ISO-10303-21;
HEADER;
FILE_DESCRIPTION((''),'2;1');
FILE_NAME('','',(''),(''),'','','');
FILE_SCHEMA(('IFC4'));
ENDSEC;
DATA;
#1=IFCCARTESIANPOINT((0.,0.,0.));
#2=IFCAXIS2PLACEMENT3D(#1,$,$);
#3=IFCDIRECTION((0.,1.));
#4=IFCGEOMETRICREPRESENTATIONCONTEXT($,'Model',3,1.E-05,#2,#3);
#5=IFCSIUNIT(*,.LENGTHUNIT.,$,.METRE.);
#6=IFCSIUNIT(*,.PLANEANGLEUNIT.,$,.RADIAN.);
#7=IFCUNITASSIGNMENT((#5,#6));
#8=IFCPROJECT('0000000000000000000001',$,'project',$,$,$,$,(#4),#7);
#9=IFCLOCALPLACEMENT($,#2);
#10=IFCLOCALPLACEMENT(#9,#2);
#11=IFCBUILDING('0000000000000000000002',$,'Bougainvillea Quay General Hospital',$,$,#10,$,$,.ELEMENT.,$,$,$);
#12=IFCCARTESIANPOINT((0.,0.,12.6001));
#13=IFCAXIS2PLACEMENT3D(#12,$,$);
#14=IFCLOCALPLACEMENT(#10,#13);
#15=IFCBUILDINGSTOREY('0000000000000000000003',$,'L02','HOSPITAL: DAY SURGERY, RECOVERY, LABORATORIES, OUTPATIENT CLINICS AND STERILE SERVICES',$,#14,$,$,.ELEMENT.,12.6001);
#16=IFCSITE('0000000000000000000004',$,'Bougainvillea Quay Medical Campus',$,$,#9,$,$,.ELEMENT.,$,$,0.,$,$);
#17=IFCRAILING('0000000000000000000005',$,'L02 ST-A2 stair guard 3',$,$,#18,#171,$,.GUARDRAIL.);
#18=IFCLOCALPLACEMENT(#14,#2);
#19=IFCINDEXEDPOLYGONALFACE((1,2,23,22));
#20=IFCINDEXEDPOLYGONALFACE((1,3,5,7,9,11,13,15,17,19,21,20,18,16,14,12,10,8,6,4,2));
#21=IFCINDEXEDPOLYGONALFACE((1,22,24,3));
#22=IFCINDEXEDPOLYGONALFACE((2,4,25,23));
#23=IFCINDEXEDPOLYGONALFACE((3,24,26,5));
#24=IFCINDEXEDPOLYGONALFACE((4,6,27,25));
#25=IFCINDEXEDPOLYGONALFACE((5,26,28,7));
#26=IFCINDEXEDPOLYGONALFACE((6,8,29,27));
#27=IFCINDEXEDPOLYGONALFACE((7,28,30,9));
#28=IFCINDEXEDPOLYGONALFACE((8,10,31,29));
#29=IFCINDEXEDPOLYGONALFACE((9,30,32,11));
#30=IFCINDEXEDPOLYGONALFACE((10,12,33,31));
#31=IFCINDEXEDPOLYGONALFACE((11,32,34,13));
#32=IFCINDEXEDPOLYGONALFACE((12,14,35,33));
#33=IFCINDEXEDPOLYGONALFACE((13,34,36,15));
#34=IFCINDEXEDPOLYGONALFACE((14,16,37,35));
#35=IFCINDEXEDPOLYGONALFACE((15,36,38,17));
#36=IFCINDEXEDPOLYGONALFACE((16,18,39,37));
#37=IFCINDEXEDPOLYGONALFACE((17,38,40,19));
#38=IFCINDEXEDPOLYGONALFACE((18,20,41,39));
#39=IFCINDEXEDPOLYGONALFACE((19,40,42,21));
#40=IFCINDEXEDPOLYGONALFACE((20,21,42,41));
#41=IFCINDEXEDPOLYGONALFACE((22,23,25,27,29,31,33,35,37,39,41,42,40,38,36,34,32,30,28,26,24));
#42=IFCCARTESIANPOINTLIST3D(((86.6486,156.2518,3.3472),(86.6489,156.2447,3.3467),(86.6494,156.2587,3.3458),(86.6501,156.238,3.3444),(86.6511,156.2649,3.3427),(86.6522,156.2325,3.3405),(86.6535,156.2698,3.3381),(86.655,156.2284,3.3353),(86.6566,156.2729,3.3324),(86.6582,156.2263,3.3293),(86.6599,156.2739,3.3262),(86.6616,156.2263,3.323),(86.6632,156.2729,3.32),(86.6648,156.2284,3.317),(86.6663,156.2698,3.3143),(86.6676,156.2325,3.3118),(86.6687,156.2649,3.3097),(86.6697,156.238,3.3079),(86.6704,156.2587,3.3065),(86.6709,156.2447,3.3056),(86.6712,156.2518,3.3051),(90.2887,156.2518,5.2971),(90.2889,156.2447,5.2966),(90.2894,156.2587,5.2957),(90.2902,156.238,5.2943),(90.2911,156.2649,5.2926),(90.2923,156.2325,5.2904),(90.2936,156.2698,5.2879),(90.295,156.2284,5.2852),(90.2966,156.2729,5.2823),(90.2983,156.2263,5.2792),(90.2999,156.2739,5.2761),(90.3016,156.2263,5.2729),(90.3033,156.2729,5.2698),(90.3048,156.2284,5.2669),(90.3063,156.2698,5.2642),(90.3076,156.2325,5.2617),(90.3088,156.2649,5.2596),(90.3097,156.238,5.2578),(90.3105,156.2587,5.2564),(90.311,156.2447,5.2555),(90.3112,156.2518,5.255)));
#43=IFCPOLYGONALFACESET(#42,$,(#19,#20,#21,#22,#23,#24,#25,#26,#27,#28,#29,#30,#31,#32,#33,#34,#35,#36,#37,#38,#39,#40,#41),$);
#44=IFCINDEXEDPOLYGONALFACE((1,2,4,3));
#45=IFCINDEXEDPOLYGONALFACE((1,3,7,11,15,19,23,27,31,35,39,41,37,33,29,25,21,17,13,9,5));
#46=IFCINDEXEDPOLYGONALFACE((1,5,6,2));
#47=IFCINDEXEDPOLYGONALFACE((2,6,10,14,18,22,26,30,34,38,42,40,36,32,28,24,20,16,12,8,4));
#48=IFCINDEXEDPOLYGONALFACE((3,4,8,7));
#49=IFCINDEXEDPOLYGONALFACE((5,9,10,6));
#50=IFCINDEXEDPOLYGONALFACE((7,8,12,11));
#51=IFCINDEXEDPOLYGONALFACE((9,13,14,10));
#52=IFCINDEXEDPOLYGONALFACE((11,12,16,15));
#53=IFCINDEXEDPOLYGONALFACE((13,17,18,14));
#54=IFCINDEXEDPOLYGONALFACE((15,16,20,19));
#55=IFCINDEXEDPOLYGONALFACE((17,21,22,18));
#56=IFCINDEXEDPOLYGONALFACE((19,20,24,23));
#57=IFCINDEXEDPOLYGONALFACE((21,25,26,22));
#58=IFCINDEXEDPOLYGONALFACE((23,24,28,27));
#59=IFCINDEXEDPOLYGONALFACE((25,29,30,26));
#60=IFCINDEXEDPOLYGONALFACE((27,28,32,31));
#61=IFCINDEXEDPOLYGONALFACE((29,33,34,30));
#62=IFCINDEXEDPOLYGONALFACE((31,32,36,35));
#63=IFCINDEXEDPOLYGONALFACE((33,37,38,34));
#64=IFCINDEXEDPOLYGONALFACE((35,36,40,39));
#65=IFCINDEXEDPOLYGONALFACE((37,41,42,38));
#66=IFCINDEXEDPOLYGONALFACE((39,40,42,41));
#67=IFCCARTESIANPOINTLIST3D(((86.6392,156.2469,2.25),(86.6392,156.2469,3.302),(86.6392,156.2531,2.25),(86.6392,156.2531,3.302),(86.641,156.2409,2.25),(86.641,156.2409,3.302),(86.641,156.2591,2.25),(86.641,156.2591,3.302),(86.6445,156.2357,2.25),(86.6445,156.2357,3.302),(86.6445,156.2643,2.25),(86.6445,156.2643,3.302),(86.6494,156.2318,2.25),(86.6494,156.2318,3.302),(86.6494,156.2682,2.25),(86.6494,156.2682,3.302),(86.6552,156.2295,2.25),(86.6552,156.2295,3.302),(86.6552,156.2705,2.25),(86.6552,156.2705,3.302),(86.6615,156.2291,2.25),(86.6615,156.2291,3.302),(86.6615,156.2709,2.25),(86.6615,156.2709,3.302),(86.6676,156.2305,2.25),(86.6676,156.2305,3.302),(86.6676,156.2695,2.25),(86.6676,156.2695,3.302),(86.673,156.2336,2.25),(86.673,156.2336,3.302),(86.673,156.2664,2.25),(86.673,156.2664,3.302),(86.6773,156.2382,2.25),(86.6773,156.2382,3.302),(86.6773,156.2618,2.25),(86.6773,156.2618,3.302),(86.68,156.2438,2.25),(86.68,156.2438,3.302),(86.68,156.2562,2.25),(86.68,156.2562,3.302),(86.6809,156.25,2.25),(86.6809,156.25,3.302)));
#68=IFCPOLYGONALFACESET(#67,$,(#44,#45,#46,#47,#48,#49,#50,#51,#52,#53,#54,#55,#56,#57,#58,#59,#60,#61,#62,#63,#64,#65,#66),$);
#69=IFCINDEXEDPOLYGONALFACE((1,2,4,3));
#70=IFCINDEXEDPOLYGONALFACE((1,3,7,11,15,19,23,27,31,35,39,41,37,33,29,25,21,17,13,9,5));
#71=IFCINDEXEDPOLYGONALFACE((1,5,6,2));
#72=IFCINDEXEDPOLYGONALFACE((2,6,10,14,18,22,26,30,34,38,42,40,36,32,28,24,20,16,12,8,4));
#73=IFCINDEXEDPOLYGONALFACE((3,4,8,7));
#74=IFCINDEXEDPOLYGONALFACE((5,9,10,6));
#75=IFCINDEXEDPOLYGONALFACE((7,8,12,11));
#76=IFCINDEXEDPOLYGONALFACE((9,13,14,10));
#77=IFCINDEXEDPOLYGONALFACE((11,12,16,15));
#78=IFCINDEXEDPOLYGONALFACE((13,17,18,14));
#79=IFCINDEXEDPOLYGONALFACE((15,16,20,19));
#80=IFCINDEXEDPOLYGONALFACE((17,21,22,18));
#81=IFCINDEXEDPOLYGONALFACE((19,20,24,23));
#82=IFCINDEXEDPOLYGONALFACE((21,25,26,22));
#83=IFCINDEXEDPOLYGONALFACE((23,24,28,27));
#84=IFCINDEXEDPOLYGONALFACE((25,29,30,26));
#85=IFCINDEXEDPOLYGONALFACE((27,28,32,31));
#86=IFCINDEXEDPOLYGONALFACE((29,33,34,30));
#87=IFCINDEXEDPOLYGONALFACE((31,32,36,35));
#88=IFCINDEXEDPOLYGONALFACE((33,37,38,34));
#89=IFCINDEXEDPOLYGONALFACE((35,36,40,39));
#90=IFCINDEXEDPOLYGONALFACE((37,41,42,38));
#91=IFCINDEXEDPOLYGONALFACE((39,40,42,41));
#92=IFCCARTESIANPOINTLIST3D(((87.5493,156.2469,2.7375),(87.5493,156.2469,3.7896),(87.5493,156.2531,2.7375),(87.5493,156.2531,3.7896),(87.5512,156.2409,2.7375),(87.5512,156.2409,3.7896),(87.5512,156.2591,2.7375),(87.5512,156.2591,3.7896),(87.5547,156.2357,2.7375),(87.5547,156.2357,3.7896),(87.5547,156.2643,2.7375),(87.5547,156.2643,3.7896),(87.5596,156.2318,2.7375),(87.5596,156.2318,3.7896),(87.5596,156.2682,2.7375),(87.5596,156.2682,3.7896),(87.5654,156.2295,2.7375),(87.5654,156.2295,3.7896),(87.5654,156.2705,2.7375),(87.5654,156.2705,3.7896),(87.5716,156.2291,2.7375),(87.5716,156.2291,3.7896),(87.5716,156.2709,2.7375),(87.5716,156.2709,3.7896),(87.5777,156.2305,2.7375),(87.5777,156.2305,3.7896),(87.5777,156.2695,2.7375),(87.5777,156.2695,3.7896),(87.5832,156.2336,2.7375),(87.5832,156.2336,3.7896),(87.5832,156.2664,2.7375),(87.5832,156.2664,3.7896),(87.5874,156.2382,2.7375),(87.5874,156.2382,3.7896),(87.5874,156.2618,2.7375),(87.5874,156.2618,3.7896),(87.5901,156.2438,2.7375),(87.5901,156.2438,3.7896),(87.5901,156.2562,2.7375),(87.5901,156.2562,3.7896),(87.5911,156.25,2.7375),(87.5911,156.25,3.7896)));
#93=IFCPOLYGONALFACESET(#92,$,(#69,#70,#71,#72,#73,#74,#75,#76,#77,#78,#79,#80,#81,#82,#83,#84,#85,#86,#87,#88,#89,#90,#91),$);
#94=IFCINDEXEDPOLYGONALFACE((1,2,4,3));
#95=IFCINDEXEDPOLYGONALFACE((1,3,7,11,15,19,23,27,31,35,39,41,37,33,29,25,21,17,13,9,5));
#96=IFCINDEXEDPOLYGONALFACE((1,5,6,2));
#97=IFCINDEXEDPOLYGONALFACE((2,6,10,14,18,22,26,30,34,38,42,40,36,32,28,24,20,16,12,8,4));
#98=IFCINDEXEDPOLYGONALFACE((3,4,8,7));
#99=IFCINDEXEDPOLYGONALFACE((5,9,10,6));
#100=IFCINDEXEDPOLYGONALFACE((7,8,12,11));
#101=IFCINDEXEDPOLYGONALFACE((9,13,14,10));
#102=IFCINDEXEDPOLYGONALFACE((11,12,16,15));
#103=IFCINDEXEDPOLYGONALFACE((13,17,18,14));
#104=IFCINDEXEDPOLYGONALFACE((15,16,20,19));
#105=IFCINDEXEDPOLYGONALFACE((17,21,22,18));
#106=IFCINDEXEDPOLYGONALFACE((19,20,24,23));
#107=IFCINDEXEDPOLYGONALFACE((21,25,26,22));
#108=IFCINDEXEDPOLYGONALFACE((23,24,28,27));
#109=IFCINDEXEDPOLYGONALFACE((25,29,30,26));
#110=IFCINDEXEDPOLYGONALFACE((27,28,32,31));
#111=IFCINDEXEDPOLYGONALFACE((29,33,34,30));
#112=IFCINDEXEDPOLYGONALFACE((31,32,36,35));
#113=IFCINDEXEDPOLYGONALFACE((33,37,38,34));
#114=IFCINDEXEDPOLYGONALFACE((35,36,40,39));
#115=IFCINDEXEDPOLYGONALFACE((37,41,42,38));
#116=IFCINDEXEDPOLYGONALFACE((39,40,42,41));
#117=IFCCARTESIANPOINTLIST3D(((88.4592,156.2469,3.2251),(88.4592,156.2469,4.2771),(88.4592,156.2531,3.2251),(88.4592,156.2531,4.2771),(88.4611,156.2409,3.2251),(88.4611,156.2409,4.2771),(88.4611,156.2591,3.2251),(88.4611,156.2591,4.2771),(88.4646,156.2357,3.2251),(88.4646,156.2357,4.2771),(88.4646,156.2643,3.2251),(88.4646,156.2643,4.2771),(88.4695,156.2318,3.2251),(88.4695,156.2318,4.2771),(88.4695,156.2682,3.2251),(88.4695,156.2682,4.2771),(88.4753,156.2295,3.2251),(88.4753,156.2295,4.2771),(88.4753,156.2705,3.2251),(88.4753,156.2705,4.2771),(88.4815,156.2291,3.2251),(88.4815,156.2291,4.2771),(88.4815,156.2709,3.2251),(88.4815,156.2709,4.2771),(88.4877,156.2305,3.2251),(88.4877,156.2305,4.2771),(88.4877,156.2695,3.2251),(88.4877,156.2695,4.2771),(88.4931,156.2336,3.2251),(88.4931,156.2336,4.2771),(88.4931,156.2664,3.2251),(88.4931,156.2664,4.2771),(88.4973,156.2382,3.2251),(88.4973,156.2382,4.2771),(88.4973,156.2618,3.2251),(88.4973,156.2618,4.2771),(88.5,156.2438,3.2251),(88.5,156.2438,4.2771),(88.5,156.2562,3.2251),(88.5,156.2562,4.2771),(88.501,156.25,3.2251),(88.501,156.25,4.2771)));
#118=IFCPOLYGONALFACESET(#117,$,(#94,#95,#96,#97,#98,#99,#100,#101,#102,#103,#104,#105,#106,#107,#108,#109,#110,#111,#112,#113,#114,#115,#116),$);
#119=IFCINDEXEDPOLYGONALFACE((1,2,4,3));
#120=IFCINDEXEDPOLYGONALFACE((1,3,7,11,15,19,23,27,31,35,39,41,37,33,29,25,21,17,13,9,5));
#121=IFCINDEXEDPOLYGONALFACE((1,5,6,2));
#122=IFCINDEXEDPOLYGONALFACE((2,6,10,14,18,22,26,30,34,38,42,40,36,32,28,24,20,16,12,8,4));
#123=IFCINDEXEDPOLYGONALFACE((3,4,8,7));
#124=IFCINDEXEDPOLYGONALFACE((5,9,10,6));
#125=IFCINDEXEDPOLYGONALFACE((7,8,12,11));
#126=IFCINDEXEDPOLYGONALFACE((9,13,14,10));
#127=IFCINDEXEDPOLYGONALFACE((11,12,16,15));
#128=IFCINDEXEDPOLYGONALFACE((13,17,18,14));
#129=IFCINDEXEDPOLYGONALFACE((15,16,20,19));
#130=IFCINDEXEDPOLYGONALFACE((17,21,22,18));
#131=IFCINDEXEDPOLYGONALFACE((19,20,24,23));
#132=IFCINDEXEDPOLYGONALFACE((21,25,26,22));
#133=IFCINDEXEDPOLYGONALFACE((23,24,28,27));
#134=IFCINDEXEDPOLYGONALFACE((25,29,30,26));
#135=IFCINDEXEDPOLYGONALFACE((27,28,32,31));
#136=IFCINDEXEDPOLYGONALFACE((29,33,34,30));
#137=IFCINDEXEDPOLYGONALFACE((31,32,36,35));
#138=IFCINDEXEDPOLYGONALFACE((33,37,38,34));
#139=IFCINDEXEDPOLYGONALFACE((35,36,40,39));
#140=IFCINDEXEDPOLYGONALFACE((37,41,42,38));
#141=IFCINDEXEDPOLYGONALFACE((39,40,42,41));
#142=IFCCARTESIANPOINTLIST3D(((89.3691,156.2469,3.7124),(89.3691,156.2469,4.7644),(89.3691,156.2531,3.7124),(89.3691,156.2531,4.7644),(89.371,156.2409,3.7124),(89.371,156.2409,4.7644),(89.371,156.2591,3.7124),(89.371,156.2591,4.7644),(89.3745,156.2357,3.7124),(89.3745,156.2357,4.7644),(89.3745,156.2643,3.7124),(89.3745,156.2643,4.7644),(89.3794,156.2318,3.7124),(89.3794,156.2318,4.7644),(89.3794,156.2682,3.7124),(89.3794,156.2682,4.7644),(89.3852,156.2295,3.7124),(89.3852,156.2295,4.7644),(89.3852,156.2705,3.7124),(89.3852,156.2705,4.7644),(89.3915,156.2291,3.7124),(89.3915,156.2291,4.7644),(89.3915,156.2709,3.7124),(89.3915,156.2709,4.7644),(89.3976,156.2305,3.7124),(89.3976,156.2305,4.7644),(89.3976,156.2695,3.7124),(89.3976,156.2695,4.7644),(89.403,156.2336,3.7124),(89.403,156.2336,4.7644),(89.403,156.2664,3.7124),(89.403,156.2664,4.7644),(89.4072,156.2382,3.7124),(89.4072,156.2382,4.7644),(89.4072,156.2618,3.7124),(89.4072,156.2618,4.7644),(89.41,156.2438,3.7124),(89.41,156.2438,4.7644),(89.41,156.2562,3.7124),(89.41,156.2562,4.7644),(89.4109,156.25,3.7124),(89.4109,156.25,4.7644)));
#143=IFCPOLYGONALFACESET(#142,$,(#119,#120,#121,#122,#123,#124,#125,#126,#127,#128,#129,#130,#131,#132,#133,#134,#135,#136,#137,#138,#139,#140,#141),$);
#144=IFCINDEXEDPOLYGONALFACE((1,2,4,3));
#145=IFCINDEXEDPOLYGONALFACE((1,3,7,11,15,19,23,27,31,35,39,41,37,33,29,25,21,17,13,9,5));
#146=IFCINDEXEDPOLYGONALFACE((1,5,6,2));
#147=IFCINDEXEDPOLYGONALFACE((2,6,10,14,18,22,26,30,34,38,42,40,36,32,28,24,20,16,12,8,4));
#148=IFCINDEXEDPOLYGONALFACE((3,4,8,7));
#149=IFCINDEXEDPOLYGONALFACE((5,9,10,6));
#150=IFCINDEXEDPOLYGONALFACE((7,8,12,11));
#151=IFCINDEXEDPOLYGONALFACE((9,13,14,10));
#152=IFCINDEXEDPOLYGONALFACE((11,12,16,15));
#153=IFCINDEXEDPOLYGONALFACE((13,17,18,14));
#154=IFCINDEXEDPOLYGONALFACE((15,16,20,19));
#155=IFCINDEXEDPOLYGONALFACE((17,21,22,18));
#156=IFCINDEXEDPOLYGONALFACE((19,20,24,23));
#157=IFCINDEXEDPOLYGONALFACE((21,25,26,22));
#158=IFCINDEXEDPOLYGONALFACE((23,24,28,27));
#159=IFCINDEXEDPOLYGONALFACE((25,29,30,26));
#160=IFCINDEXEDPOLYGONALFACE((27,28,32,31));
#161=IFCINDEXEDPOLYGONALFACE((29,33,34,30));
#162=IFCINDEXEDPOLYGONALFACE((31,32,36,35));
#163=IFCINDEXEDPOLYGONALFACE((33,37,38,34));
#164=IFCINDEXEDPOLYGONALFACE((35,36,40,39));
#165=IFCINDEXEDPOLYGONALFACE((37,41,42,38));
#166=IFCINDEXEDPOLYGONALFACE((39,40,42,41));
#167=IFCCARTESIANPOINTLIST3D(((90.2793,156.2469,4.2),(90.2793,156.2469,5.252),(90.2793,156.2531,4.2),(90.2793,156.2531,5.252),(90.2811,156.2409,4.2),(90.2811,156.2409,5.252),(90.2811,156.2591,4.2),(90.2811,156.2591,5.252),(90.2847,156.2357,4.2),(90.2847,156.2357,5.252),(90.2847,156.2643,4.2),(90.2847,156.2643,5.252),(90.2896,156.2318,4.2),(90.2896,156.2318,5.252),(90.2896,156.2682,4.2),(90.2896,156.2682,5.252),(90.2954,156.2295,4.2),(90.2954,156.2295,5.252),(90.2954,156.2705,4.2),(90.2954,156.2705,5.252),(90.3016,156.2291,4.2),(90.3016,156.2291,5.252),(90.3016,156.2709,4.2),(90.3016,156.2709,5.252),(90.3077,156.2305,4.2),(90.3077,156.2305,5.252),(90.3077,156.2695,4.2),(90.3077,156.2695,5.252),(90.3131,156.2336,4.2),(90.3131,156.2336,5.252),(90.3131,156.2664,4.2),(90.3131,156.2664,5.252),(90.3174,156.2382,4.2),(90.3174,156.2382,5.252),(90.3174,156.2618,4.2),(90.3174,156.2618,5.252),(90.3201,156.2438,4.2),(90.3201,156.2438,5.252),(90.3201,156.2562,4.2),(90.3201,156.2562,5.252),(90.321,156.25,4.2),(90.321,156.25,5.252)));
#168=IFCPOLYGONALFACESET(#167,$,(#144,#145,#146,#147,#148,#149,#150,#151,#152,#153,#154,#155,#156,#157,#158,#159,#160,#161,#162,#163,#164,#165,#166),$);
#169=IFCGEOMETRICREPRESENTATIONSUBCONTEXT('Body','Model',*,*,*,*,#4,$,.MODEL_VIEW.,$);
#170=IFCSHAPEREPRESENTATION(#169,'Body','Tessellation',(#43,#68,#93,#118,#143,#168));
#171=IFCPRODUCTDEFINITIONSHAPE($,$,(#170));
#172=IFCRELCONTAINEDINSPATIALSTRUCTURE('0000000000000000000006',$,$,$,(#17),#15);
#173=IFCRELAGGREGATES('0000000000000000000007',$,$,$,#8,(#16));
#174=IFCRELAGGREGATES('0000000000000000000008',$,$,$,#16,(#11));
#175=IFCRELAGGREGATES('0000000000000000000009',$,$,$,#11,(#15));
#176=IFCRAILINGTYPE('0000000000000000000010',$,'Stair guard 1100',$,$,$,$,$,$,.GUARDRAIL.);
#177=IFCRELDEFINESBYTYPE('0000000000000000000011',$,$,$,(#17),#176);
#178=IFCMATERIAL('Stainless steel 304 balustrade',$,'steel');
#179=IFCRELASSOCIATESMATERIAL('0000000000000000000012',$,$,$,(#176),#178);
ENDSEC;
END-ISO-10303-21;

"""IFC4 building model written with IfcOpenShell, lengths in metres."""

from ifc_helpers import new_model, si_unit, direction, frame, origin, origin_2d, place, context, subcontext, project, spatial, circle, extrude, material, type_object, element, save


model = new_model("IFC4")

# Units and contexts
model_context = context("Model", 3, precision=1e-05, world=origin(), true_north=direction((0.0, 1.0)))
body_context = subcontext(model_context, "Body", "Model", "MODEL_VIEW")
ifc_project = project(units=[si_unit("LENGTHUNIT", "METRE"), si_unit("PLANEANGLEUNIT", "RADIAN")], contexts=[model_context])

# Site, building, storey
site_placement = place(None, origin())
site = spatial("IfcSite", under=ifc_project, at=site_placement, Name="Bougainvillea Quay Medical Campus", CompositionType="ELEMENT", RefElevation=0.0)
building_placement = place(site_placement, origin())
building = spatial("IfcBuilding", under=site, at=building_placement, Name="Bougainvillea Quay General Hospital", CompositionType="ELEMENT")
storey_placement = place(building_placement, frame((0.0, 0.0, 12.6001)))
storey = spatial("IfcBuildingStorey", under=building, at=storey_placement, Name="L02", Description="HOSPITAL: DAY SURGERY, RECOVERY, LABORATORIES, OUTPATIENT CLINICS AND STERILE SERVICES", CompositionType="ELEMENT", Elevation=12.6001)

# Railing
ifc_material_1 = material(Name="Stainless steel 304 balustrade", Category="steel")
railing_type_1 = type_object("IfcRailingType", Name="Stair guard 1100", PredefinedType="GUARDRAIL", material=ifc_material_1)
railing_1_placement = place(storey_placement, frame((86.6599, 156.25, 2.25)))
element("IfcRailing", 1, at=railing_1_placement, inside=storey, type_object=railing_type_1, Name="L02 ST-A2 stair guard 3", PredefinedType="GUARDRAIL", context=body_context, shape_type="SweptSolid", body=[
    extrude(circle(Radius=0.0239, at=origin_2d()), frame((0.0, 0.0, 1.0762), z_axis=(0.881492, 0.0, 0.472198), x_axis=(0.0, 1.0, 0.0)), (0.0, 0.0, 1.0), 4.1294),
    extrude(circle(Radius=0.021, at=origin_2d()), origin(), (0.0, 0.0, 1.0), 1.052),
    extrude(circle(Radius=0.021, at=origin_2d()), frame((0.9102, 0.0, 0.4875)), (0.0, 0.0, 1.0), 1.052),
    extrude(circle(Radius=0.021, at=origin_2d()), frame((1.8201, 0.0, 0.9751)), (0.0, 0.0, 1.0), 1.052),
    extrude(circle(Radius=0.021, at=origin_2d()), frame((2.73, 0.0, 1.4624)), (0.0, 0.0, 1.0), 1.052),
    extrude(circle(Radius=0.021, at=origin_2d()), frame((3.6401, 0.0, 1.95)), (0.0, 0.0, 1.0), 1.052),
])

save(model, "model.ifc")
